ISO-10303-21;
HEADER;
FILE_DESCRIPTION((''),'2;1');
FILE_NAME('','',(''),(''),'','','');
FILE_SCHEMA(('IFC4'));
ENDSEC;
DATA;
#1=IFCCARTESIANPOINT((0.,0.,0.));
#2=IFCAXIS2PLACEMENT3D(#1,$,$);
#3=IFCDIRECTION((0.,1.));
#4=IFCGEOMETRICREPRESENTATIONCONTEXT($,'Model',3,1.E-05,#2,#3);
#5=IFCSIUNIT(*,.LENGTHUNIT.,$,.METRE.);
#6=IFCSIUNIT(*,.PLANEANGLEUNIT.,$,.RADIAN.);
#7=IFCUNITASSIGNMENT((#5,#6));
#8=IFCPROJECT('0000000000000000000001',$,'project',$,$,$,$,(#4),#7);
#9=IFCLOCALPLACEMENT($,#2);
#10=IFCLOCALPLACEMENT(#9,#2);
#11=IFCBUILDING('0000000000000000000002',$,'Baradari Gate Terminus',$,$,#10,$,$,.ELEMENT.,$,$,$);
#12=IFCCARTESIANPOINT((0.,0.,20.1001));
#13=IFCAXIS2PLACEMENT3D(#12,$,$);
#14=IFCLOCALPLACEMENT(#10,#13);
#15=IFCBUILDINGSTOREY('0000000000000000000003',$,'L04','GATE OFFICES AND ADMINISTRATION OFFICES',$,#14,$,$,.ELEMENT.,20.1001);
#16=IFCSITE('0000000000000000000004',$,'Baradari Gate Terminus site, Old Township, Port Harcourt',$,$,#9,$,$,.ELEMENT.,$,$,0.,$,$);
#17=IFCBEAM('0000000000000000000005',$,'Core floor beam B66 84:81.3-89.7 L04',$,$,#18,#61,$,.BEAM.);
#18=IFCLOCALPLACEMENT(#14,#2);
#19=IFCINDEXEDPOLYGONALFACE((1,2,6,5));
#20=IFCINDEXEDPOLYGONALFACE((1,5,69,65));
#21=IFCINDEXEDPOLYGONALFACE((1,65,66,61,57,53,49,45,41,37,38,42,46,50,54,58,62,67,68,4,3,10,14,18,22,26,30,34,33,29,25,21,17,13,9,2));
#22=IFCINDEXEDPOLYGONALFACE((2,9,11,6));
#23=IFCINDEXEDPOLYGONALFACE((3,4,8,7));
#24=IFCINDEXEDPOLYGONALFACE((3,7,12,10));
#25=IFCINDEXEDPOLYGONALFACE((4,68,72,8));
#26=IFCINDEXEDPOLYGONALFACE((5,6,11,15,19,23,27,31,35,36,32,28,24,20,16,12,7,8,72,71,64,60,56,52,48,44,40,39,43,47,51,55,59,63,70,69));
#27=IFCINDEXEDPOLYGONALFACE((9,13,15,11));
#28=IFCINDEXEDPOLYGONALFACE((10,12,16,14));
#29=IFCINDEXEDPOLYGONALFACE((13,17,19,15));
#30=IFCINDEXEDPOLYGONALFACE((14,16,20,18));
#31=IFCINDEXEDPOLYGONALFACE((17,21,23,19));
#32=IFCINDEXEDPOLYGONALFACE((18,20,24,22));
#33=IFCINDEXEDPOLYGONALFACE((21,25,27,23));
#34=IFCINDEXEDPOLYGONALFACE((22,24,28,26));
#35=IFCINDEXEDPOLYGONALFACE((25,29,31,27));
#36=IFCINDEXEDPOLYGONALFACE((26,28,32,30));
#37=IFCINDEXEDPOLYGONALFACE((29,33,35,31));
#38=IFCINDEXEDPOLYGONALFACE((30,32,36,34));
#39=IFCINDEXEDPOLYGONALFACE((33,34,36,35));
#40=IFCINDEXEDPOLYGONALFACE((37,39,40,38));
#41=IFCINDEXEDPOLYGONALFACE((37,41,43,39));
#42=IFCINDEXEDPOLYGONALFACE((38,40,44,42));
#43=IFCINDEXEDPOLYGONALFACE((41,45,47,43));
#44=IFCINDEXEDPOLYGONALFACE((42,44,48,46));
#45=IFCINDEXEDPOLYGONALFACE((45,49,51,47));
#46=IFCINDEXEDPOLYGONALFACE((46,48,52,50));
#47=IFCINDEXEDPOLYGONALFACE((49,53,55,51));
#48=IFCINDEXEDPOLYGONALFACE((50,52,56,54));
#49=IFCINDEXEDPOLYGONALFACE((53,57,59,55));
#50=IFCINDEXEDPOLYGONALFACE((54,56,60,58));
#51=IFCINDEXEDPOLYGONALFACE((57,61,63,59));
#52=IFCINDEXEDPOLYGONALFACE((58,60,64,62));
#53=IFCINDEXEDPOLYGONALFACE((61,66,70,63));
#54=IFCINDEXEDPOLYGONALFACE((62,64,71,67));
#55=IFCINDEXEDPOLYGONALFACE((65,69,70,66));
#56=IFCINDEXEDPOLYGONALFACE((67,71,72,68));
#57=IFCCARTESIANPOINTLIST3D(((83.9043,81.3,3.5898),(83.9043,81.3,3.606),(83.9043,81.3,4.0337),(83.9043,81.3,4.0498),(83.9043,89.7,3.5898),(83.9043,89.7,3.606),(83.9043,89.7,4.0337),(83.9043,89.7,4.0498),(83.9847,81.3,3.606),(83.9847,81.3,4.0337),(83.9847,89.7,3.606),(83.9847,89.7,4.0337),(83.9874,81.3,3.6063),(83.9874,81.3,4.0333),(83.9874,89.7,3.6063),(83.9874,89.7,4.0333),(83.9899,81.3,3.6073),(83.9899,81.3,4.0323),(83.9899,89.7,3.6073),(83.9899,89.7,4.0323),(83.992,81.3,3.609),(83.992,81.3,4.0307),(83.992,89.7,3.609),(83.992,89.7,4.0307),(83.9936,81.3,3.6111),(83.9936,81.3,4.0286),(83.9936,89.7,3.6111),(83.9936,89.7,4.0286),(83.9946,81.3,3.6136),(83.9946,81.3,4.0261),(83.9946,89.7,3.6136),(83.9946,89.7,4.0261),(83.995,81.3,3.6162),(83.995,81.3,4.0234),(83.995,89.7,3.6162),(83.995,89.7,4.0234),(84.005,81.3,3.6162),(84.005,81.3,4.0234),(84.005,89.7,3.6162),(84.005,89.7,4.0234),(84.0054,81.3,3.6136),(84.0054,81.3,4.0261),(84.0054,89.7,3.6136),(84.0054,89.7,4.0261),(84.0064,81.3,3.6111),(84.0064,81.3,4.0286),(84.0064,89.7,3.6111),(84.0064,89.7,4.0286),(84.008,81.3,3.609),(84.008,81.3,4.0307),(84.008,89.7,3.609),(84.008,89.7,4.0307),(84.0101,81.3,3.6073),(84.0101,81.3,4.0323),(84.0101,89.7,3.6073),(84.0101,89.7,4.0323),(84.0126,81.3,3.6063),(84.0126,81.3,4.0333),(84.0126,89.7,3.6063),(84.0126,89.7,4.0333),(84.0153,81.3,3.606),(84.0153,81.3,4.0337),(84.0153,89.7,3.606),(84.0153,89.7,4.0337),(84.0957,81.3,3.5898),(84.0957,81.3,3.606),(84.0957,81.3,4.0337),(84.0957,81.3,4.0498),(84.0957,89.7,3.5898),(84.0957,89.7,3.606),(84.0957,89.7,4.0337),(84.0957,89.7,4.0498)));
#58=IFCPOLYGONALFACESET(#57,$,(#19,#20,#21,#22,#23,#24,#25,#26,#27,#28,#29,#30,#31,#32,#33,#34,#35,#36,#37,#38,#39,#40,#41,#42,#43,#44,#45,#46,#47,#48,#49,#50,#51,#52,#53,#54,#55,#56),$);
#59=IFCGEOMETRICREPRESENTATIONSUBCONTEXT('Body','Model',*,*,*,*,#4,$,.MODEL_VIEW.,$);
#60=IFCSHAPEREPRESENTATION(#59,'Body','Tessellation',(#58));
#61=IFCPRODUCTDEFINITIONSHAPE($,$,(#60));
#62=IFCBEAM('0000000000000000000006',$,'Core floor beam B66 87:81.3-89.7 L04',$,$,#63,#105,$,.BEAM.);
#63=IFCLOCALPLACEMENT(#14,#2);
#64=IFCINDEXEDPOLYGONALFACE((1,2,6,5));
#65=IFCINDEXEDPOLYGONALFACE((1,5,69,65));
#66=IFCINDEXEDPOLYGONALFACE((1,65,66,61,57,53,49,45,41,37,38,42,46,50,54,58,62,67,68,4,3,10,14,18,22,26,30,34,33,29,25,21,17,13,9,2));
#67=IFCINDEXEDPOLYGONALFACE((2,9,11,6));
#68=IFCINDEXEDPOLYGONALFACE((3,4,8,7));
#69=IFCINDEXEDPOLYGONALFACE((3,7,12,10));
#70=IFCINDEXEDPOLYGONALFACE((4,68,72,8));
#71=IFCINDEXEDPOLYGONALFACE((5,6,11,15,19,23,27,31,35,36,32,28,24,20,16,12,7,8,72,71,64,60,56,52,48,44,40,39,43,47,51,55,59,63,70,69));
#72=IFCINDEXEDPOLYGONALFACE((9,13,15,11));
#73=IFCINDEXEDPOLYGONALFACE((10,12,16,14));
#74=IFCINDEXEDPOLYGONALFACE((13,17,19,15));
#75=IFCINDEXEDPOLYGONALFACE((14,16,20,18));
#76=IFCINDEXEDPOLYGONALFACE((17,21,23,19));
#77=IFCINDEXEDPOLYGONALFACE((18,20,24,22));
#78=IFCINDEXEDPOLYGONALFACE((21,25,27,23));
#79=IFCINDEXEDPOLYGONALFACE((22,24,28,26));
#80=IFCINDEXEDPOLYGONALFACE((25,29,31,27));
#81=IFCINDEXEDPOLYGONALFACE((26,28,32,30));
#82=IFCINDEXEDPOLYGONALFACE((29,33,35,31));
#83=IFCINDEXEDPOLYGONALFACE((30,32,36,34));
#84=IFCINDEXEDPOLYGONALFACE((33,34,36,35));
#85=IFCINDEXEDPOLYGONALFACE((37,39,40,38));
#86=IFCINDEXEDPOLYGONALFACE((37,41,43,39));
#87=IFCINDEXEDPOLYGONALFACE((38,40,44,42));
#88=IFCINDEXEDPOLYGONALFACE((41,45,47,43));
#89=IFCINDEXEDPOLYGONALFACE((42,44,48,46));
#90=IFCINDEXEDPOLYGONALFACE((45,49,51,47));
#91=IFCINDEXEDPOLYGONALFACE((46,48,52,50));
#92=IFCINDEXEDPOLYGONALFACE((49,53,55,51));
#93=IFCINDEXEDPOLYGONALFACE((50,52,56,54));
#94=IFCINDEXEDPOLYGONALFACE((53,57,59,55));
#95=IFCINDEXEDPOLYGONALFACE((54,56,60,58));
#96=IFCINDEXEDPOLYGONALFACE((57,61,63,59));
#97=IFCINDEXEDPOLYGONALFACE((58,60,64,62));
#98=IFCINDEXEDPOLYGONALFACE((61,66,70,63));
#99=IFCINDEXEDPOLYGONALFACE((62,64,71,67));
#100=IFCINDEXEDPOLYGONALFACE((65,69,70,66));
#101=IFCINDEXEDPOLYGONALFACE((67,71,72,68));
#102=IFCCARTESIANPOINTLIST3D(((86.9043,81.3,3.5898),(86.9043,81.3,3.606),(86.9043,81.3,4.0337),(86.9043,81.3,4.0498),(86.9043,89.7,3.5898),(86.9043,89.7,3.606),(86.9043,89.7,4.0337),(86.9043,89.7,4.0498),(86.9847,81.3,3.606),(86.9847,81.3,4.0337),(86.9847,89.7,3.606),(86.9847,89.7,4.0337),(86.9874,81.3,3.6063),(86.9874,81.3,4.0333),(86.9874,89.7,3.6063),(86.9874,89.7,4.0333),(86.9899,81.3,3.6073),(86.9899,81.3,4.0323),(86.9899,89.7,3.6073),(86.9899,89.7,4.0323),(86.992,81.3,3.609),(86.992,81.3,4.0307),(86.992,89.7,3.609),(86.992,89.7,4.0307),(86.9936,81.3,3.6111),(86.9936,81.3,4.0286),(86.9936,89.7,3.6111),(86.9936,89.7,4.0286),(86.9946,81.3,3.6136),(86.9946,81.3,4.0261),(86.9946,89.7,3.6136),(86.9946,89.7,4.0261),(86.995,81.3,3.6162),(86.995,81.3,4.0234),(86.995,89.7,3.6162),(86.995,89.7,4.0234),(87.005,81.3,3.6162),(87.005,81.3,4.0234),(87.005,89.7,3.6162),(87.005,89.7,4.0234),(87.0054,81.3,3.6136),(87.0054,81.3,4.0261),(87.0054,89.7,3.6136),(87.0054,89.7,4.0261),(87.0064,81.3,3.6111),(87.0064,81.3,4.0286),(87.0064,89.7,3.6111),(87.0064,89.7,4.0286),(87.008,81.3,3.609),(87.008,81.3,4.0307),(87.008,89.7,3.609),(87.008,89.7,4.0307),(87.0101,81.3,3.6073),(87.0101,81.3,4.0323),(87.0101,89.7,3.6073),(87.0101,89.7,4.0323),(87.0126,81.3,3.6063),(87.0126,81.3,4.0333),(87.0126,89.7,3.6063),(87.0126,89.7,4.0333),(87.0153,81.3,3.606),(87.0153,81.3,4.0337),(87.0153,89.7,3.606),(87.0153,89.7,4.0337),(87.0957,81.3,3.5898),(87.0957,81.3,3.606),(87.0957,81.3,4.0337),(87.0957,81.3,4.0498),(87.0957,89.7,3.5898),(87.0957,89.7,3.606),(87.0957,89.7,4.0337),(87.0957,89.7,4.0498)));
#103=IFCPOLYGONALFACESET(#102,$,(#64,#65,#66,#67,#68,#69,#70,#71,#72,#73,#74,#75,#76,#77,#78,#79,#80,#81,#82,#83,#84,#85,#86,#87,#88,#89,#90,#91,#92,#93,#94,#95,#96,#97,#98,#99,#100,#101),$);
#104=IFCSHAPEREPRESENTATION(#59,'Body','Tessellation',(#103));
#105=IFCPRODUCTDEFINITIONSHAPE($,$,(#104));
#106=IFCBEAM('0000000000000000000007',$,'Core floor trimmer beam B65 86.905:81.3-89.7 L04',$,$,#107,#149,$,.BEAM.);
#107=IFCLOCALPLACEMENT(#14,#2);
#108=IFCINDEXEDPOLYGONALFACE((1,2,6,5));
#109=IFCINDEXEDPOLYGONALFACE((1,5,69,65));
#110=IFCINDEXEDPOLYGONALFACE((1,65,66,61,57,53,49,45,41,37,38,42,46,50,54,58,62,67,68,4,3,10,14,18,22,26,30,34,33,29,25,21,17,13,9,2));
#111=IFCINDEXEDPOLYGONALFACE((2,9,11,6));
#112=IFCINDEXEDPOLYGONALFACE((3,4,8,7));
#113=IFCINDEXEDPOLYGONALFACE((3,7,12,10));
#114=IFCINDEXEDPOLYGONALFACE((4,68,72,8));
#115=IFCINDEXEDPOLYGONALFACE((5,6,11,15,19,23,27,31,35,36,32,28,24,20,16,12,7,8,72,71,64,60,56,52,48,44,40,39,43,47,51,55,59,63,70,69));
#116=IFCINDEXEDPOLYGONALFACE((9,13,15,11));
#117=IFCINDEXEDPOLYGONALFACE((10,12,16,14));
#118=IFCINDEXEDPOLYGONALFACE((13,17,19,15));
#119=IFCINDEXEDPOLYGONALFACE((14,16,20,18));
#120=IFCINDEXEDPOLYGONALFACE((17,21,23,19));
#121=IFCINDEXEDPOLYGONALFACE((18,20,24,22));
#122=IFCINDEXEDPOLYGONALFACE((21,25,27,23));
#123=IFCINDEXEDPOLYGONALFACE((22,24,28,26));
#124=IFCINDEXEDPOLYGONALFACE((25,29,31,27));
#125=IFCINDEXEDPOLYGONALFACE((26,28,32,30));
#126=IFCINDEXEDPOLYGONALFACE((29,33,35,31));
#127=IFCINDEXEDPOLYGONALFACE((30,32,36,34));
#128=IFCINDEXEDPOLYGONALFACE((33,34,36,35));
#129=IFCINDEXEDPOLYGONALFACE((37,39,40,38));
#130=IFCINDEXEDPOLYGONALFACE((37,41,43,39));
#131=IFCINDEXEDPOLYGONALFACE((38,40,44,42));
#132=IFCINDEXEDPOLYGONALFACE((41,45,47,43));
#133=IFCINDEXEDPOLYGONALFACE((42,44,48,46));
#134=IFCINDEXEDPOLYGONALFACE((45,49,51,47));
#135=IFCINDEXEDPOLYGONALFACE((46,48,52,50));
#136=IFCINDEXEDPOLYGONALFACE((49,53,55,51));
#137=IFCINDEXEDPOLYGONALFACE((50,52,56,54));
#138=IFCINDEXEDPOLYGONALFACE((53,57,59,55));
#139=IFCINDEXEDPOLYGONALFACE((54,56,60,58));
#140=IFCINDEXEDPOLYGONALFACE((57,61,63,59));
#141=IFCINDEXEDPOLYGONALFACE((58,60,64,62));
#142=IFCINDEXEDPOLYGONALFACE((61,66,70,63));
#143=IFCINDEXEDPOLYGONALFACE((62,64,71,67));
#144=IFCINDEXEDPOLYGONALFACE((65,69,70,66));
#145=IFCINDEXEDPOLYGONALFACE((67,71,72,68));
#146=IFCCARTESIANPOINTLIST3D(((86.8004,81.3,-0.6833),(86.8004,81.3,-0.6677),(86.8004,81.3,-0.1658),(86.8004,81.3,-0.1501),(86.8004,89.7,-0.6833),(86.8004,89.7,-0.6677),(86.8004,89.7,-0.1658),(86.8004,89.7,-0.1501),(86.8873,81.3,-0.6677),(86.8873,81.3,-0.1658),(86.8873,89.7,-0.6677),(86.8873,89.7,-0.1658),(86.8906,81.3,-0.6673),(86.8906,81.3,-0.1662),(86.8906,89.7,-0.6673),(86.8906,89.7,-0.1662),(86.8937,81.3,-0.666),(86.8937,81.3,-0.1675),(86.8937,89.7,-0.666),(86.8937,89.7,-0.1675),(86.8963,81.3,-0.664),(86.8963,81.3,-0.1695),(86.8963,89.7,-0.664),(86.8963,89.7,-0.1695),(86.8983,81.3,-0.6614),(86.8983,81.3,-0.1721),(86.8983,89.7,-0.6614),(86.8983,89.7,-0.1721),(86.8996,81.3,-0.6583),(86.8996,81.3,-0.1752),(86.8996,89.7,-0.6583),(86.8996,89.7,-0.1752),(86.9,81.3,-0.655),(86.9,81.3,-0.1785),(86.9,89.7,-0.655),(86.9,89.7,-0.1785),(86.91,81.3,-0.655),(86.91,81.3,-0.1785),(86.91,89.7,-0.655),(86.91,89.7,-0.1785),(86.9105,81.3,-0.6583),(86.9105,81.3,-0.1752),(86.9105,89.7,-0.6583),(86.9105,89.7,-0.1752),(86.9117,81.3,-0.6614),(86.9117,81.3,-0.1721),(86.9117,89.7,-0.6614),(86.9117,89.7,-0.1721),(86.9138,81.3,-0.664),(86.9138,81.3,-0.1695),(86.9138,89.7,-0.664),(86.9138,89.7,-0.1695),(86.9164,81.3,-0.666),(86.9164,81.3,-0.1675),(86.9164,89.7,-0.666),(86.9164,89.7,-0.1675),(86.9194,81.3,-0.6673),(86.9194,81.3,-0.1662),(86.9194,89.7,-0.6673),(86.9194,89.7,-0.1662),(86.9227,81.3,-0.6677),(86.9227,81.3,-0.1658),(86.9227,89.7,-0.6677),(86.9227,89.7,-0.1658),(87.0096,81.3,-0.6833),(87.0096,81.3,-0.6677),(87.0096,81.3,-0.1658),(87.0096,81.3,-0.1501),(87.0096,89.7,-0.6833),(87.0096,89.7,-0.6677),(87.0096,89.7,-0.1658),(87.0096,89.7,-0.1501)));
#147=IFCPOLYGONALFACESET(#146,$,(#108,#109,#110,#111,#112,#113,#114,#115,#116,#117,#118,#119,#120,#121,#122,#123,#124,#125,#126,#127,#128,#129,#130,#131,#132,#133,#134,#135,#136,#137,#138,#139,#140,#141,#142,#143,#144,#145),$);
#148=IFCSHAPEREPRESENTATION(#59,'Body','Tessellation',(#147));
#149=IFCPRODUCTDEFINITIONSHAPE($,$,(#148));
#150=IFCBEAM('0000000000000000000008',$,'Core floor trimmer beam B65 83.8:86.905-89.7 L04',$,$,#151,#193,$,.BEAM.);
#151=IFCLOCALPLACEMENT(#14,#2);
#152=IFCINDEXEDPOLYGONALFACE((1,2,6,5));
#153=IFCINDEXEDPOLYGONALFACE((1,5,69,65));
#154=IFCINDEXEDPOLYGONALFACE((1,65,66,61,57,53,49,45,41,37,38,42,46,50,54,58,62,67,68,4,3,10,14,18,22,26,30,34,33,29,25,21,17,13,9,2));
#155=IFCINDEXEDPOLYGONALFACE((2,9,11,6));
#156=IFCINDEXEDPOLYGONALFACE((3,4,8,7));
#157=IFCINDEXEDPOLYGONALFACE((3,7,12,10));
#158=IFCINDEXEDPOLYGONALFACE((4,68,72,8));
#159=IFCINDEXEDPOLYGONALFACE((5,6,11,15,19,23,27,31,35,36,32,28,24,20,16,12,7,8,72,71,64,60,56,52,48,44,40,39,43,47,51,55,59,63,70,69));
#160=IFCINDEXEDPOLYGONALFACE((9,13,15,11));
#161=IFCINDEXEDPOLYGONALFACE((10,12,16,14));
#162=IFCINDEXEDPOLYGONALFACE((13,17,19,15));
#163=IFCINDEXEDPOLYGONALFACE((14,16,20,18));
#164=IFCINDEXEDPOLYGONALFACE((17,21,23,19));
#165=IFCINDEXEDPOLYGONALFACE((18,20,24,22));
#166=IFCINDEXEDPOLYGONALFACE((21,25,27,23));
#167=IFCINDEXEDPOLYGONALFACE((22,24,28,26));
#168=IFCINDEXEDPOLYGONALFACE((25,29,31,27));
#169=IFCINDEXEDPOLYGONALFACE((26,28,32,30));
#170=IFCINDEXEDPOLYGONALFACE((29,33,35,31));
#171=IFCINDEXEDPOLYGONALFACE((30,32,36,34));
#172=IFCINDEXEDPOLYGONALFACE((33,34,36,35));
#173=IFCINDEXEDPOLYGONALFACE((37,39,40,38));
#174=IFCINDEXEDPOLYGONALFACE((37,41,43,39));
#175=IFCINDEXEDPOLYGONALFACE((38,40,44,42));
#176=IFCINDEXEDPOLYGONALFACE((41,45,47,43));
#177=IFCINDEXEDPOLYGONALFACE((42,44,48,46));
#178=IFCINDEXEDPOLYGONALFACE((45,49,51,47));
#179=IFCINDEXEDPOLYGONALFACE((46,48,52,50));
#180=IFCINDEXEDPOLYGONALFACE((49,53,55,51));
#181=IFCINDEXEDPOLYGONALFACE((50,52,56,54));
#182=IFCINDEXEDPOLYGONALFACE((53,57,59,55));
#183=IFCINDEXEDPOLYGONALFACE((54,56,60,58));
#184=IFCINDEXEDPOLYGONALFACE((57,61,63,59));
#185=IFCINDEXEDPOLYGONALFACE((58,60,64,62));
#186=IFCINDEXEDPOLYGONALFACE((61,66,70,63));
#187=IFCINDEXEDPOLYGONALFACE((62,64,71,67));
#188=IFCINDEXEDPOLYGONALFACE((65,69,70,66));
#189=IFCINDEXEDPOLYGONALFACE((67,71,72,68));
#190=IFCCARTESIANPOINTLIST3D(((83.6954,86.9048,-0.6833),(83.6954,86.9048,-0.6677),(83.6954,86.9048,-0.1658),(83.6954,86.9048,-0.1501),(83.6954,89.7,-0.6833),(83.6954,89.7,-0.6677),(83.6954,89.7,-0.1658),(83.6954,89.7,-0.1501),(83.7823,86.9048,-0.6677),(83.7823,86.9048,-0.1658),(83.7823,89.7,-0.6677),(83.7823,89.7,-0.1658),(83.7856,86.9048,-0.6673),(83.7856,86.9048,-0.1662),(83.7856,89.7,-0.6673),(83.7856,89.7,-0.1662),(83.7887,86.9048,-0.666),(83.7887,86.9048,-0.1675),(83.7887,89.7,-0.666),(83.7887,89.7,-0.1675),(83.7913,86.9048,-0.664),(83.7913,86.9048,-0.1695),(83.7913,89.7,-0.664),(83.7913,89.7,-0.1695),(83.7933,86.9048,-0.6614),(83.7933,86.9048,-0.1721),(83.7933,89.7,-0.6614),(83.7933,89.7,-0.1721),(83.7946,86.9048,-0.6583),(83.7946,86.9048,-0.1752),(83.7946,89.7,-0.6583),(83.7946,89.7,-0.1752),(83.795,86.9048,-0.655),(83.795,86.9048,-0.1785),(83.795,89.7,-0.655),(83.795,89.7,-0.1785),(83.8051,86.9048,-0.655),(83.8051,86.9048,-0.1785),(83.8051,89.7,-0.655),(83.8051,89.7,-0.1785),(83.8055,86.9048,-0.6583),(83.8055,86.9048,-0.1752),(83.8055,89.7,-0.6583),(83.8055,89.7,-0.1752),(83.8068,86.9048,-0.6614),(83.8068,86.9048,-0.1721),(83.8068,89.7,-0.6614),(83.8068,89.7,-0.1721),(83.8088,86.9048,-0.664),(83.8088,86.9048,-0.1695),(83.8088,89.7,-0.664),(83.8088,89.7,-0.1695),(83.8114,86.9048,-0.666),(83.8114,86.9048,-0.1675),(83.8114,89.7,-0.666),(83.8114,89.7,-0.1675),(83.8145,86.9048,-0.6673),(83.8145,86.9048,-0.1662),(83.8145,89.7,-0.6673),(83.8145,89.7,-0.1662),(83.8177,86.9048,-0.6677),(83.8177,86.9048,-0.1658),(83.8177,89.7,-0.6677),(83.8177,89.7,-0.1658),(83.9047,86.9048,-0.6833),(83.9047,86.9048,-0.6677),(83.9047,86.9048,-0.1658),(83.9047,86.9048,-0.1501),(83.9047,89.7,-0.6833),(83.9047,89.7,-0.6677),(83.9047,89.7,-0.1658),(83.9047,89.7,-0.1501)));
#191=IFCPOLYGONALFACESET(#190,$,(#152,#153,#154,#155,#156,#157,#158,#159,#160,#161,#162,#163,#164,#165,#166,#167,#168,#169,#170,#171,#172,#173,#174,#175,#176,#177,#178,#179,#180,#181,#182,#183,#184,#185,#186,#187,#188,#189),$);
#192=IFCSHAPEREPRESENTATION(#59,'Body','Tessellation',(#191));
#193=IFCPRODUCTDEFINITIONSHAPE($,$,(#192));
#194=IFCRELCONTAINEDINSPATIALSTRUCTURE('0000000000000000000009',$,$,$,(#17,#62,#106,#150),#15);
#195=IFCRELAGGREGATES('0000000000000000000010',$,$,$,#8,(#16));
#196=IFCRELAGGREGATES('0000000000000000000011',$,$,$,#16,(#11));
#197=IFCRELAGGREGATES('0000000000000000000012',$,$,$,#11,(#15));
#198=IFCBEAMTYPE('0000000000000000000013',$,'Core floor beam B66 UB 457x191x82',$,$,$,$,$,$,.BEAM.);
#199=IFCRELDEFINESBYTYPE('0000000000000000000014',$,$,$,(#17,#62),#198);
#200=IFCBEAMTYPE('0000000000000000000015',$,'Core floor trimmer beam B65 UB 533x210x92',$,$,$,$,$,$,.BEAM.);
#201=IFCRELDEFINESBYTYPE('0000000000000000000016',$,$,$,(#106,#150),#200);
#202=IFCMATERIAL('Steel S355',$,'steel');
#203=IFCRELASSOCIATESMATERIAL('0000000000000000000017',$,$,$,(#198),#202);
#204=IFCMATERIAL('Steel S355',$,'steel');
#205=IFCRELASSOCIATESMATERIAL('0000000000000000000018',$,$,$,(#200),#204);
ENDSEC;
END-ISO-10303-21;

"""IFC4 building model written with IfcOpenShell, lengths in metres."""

from ifc_helpers import new_model, si_unit, direction, frame, origin, origin_2d, place, context, subcontext, project, spatial, i_section, extrude, material, material_profile, profile_set, type_object, element, save


model = new_model("IFC4")

# Units and contexts
model_context = context("Model", 3, precision=1e-05, world=origin(), true_north=direction((0.0, 1.0)))
body_context = subcontext(model_context, "Body", "Model", "MODEL_VIEW")
ifc_project = project(units=[si_unit("LENGTHUNIT", "METRE"), si_unit("PLANEANGLEUNIT", "RADIAN")], contexts=[model_context])

# Site, building, storey
site_placement = place(None, origin())
site = spatial("IfcSite", under=ifc_project, at=site_placement, Name="Baradari Gate Terminus site, Old Township, Port Harcourt", CompositionType="ELEMENT", RefElevation=0.0)
building_placement = place(site_placement, origin())
building = spatial("IfcBuilding", under=site, at=building_placement, Name="Baradari Gate Terminus", CompositionType="ELEMENT")
storey_placement = place(building_placement, frame((0.0, 0.0, 20.1001)))
storey = spatial("IfcBuildingStorey", under=building, at=storey_placement, Name="L04", Description="GATE OFFICES AND ADMINISTRATION OFFICES", CompositionType="ELEMENT", Elevation=20.1001)

# Beams
ifc_material_1 = material(Name="Steel S355", Category="steel")
ifc_material_profile_1 = material_profile(ifc_material_1, i_section(OverallWidth=0.1914, OverallDepth=0.46, WebThickness=0.01, FlangeThickness=0.0161, FilletRadius=0.0103, at=origin_2d()), Name="UB 457x191x82")
ifc_profile_set_1 = profile_set([ifc_material_profile_1], Name="Steel S355")
beam_type_1 = type_object("IfcBeamType", Name="Core floor beam B66 UB 457x191x82", PredefinedType="BEAM", material=ifc_profile_set_1)
for number, where, z_axis, x_axis, name in (
    (1, (84.0, 81.3, 3.8198), (0.0, 1.0, 0.0), (-1.0, 0.0, 0.0), "Core floor beam B66 84:81.3-89.7 L04"),
    (2, (87.0, 81.3, 3.8198), (0.0, 1.0, 0.0), (-1.0, 0.0, 0.0), "Core floor beam B66 87:81.3-89.7 L04"),
):
    element("IfcBeam", number, at=place(storey_placement, frame(where, z_axis=z_axis, x_axis=x_axis)), inside=storey, type_object=beam_type_1, Name=name, PredefinedType="BEAM", context=body_context, shape_type="SweptSolid", body=[
        extrude(i_section(OverallWidth=0.1914, OverallDepth=0.46, WebThickness=0.01, FlangeThickness=0.0161, FilletRadius=0.0103, at=origin_2d()), origin(), (0.0, 0.0, 1.0), 8.3999),
    ])
ifc_material_2 = material(Name="Steel S355", Category="steel")
ifc_material_profile_2 = material_profile(ifc_material_2, i_section(OverallWidth=0.2092, OverallDepth=0.5332, WebThickness=0.01, FlangeThickness=0.0156, FilletRadius=0.0127, at=origin_2d()), Name="UB 533x210x92")
ifc_profile_set_2 = profile_set([ifc_material_profile_2], Name="Steel S355")
beam_type_2 = type_object("IfcBeamType", Name="Core floor trimmer beam B65 UB 533x210x92", PredefinedType="BEAM", material=ifc_profile_set_2)
beam_1_placement = place(storey_placement, frame((86.905, 81.3, -0.4167), z_axis=(0.0, 1.0, 0.0), x_axis=(-1.0, 0.0, 0.0)))
element("IfcBeam", 3, at=beam_1_placement, inside=storey, type_object=beam_type_2, Name="Core floor trimmer beam B65 86.905:81.3-89.7 L04", PredefinedType="BEAM", context=body_context, shape_type="SweptSolid", body=[
    extrude(i_section(OverallWidth=0.2092, OverallDepth=0.5332, WebThickness=0.01, FlangeThickness=0.0156, FilletRadius=0.0127, at=origin_2d()), origin(), (0.0, 0.0, 1.0), 8.3999),
])
beam_2_placement = place(storey_placement, frame((83.8, 86.9048, -0.4167), z_axis=(0.0, 1.0, 0.0), x_axis=(-1.0, 0.0, 0.0)))
element("IfcBeam", 4, at=beam_2_placement, inside=storey, type_object=beam_type_2, Name="Core floor trimmer beam B65 83.8:86.905-89.7 L04", PredefinedType="BEAM", context=body_context, shape_type="SweptSolid", body=[
    extrude(i_section(OverallWidth=0.2092, OverallDepth=0.5332, WebThickness=0.01, FlangeThickness=0.0156, FilletRadius=0.0127, at=origin_2d()), origin(), (0.0, 0.0, 1.0), 2.7952),
])

save(model, "model.ifc")
